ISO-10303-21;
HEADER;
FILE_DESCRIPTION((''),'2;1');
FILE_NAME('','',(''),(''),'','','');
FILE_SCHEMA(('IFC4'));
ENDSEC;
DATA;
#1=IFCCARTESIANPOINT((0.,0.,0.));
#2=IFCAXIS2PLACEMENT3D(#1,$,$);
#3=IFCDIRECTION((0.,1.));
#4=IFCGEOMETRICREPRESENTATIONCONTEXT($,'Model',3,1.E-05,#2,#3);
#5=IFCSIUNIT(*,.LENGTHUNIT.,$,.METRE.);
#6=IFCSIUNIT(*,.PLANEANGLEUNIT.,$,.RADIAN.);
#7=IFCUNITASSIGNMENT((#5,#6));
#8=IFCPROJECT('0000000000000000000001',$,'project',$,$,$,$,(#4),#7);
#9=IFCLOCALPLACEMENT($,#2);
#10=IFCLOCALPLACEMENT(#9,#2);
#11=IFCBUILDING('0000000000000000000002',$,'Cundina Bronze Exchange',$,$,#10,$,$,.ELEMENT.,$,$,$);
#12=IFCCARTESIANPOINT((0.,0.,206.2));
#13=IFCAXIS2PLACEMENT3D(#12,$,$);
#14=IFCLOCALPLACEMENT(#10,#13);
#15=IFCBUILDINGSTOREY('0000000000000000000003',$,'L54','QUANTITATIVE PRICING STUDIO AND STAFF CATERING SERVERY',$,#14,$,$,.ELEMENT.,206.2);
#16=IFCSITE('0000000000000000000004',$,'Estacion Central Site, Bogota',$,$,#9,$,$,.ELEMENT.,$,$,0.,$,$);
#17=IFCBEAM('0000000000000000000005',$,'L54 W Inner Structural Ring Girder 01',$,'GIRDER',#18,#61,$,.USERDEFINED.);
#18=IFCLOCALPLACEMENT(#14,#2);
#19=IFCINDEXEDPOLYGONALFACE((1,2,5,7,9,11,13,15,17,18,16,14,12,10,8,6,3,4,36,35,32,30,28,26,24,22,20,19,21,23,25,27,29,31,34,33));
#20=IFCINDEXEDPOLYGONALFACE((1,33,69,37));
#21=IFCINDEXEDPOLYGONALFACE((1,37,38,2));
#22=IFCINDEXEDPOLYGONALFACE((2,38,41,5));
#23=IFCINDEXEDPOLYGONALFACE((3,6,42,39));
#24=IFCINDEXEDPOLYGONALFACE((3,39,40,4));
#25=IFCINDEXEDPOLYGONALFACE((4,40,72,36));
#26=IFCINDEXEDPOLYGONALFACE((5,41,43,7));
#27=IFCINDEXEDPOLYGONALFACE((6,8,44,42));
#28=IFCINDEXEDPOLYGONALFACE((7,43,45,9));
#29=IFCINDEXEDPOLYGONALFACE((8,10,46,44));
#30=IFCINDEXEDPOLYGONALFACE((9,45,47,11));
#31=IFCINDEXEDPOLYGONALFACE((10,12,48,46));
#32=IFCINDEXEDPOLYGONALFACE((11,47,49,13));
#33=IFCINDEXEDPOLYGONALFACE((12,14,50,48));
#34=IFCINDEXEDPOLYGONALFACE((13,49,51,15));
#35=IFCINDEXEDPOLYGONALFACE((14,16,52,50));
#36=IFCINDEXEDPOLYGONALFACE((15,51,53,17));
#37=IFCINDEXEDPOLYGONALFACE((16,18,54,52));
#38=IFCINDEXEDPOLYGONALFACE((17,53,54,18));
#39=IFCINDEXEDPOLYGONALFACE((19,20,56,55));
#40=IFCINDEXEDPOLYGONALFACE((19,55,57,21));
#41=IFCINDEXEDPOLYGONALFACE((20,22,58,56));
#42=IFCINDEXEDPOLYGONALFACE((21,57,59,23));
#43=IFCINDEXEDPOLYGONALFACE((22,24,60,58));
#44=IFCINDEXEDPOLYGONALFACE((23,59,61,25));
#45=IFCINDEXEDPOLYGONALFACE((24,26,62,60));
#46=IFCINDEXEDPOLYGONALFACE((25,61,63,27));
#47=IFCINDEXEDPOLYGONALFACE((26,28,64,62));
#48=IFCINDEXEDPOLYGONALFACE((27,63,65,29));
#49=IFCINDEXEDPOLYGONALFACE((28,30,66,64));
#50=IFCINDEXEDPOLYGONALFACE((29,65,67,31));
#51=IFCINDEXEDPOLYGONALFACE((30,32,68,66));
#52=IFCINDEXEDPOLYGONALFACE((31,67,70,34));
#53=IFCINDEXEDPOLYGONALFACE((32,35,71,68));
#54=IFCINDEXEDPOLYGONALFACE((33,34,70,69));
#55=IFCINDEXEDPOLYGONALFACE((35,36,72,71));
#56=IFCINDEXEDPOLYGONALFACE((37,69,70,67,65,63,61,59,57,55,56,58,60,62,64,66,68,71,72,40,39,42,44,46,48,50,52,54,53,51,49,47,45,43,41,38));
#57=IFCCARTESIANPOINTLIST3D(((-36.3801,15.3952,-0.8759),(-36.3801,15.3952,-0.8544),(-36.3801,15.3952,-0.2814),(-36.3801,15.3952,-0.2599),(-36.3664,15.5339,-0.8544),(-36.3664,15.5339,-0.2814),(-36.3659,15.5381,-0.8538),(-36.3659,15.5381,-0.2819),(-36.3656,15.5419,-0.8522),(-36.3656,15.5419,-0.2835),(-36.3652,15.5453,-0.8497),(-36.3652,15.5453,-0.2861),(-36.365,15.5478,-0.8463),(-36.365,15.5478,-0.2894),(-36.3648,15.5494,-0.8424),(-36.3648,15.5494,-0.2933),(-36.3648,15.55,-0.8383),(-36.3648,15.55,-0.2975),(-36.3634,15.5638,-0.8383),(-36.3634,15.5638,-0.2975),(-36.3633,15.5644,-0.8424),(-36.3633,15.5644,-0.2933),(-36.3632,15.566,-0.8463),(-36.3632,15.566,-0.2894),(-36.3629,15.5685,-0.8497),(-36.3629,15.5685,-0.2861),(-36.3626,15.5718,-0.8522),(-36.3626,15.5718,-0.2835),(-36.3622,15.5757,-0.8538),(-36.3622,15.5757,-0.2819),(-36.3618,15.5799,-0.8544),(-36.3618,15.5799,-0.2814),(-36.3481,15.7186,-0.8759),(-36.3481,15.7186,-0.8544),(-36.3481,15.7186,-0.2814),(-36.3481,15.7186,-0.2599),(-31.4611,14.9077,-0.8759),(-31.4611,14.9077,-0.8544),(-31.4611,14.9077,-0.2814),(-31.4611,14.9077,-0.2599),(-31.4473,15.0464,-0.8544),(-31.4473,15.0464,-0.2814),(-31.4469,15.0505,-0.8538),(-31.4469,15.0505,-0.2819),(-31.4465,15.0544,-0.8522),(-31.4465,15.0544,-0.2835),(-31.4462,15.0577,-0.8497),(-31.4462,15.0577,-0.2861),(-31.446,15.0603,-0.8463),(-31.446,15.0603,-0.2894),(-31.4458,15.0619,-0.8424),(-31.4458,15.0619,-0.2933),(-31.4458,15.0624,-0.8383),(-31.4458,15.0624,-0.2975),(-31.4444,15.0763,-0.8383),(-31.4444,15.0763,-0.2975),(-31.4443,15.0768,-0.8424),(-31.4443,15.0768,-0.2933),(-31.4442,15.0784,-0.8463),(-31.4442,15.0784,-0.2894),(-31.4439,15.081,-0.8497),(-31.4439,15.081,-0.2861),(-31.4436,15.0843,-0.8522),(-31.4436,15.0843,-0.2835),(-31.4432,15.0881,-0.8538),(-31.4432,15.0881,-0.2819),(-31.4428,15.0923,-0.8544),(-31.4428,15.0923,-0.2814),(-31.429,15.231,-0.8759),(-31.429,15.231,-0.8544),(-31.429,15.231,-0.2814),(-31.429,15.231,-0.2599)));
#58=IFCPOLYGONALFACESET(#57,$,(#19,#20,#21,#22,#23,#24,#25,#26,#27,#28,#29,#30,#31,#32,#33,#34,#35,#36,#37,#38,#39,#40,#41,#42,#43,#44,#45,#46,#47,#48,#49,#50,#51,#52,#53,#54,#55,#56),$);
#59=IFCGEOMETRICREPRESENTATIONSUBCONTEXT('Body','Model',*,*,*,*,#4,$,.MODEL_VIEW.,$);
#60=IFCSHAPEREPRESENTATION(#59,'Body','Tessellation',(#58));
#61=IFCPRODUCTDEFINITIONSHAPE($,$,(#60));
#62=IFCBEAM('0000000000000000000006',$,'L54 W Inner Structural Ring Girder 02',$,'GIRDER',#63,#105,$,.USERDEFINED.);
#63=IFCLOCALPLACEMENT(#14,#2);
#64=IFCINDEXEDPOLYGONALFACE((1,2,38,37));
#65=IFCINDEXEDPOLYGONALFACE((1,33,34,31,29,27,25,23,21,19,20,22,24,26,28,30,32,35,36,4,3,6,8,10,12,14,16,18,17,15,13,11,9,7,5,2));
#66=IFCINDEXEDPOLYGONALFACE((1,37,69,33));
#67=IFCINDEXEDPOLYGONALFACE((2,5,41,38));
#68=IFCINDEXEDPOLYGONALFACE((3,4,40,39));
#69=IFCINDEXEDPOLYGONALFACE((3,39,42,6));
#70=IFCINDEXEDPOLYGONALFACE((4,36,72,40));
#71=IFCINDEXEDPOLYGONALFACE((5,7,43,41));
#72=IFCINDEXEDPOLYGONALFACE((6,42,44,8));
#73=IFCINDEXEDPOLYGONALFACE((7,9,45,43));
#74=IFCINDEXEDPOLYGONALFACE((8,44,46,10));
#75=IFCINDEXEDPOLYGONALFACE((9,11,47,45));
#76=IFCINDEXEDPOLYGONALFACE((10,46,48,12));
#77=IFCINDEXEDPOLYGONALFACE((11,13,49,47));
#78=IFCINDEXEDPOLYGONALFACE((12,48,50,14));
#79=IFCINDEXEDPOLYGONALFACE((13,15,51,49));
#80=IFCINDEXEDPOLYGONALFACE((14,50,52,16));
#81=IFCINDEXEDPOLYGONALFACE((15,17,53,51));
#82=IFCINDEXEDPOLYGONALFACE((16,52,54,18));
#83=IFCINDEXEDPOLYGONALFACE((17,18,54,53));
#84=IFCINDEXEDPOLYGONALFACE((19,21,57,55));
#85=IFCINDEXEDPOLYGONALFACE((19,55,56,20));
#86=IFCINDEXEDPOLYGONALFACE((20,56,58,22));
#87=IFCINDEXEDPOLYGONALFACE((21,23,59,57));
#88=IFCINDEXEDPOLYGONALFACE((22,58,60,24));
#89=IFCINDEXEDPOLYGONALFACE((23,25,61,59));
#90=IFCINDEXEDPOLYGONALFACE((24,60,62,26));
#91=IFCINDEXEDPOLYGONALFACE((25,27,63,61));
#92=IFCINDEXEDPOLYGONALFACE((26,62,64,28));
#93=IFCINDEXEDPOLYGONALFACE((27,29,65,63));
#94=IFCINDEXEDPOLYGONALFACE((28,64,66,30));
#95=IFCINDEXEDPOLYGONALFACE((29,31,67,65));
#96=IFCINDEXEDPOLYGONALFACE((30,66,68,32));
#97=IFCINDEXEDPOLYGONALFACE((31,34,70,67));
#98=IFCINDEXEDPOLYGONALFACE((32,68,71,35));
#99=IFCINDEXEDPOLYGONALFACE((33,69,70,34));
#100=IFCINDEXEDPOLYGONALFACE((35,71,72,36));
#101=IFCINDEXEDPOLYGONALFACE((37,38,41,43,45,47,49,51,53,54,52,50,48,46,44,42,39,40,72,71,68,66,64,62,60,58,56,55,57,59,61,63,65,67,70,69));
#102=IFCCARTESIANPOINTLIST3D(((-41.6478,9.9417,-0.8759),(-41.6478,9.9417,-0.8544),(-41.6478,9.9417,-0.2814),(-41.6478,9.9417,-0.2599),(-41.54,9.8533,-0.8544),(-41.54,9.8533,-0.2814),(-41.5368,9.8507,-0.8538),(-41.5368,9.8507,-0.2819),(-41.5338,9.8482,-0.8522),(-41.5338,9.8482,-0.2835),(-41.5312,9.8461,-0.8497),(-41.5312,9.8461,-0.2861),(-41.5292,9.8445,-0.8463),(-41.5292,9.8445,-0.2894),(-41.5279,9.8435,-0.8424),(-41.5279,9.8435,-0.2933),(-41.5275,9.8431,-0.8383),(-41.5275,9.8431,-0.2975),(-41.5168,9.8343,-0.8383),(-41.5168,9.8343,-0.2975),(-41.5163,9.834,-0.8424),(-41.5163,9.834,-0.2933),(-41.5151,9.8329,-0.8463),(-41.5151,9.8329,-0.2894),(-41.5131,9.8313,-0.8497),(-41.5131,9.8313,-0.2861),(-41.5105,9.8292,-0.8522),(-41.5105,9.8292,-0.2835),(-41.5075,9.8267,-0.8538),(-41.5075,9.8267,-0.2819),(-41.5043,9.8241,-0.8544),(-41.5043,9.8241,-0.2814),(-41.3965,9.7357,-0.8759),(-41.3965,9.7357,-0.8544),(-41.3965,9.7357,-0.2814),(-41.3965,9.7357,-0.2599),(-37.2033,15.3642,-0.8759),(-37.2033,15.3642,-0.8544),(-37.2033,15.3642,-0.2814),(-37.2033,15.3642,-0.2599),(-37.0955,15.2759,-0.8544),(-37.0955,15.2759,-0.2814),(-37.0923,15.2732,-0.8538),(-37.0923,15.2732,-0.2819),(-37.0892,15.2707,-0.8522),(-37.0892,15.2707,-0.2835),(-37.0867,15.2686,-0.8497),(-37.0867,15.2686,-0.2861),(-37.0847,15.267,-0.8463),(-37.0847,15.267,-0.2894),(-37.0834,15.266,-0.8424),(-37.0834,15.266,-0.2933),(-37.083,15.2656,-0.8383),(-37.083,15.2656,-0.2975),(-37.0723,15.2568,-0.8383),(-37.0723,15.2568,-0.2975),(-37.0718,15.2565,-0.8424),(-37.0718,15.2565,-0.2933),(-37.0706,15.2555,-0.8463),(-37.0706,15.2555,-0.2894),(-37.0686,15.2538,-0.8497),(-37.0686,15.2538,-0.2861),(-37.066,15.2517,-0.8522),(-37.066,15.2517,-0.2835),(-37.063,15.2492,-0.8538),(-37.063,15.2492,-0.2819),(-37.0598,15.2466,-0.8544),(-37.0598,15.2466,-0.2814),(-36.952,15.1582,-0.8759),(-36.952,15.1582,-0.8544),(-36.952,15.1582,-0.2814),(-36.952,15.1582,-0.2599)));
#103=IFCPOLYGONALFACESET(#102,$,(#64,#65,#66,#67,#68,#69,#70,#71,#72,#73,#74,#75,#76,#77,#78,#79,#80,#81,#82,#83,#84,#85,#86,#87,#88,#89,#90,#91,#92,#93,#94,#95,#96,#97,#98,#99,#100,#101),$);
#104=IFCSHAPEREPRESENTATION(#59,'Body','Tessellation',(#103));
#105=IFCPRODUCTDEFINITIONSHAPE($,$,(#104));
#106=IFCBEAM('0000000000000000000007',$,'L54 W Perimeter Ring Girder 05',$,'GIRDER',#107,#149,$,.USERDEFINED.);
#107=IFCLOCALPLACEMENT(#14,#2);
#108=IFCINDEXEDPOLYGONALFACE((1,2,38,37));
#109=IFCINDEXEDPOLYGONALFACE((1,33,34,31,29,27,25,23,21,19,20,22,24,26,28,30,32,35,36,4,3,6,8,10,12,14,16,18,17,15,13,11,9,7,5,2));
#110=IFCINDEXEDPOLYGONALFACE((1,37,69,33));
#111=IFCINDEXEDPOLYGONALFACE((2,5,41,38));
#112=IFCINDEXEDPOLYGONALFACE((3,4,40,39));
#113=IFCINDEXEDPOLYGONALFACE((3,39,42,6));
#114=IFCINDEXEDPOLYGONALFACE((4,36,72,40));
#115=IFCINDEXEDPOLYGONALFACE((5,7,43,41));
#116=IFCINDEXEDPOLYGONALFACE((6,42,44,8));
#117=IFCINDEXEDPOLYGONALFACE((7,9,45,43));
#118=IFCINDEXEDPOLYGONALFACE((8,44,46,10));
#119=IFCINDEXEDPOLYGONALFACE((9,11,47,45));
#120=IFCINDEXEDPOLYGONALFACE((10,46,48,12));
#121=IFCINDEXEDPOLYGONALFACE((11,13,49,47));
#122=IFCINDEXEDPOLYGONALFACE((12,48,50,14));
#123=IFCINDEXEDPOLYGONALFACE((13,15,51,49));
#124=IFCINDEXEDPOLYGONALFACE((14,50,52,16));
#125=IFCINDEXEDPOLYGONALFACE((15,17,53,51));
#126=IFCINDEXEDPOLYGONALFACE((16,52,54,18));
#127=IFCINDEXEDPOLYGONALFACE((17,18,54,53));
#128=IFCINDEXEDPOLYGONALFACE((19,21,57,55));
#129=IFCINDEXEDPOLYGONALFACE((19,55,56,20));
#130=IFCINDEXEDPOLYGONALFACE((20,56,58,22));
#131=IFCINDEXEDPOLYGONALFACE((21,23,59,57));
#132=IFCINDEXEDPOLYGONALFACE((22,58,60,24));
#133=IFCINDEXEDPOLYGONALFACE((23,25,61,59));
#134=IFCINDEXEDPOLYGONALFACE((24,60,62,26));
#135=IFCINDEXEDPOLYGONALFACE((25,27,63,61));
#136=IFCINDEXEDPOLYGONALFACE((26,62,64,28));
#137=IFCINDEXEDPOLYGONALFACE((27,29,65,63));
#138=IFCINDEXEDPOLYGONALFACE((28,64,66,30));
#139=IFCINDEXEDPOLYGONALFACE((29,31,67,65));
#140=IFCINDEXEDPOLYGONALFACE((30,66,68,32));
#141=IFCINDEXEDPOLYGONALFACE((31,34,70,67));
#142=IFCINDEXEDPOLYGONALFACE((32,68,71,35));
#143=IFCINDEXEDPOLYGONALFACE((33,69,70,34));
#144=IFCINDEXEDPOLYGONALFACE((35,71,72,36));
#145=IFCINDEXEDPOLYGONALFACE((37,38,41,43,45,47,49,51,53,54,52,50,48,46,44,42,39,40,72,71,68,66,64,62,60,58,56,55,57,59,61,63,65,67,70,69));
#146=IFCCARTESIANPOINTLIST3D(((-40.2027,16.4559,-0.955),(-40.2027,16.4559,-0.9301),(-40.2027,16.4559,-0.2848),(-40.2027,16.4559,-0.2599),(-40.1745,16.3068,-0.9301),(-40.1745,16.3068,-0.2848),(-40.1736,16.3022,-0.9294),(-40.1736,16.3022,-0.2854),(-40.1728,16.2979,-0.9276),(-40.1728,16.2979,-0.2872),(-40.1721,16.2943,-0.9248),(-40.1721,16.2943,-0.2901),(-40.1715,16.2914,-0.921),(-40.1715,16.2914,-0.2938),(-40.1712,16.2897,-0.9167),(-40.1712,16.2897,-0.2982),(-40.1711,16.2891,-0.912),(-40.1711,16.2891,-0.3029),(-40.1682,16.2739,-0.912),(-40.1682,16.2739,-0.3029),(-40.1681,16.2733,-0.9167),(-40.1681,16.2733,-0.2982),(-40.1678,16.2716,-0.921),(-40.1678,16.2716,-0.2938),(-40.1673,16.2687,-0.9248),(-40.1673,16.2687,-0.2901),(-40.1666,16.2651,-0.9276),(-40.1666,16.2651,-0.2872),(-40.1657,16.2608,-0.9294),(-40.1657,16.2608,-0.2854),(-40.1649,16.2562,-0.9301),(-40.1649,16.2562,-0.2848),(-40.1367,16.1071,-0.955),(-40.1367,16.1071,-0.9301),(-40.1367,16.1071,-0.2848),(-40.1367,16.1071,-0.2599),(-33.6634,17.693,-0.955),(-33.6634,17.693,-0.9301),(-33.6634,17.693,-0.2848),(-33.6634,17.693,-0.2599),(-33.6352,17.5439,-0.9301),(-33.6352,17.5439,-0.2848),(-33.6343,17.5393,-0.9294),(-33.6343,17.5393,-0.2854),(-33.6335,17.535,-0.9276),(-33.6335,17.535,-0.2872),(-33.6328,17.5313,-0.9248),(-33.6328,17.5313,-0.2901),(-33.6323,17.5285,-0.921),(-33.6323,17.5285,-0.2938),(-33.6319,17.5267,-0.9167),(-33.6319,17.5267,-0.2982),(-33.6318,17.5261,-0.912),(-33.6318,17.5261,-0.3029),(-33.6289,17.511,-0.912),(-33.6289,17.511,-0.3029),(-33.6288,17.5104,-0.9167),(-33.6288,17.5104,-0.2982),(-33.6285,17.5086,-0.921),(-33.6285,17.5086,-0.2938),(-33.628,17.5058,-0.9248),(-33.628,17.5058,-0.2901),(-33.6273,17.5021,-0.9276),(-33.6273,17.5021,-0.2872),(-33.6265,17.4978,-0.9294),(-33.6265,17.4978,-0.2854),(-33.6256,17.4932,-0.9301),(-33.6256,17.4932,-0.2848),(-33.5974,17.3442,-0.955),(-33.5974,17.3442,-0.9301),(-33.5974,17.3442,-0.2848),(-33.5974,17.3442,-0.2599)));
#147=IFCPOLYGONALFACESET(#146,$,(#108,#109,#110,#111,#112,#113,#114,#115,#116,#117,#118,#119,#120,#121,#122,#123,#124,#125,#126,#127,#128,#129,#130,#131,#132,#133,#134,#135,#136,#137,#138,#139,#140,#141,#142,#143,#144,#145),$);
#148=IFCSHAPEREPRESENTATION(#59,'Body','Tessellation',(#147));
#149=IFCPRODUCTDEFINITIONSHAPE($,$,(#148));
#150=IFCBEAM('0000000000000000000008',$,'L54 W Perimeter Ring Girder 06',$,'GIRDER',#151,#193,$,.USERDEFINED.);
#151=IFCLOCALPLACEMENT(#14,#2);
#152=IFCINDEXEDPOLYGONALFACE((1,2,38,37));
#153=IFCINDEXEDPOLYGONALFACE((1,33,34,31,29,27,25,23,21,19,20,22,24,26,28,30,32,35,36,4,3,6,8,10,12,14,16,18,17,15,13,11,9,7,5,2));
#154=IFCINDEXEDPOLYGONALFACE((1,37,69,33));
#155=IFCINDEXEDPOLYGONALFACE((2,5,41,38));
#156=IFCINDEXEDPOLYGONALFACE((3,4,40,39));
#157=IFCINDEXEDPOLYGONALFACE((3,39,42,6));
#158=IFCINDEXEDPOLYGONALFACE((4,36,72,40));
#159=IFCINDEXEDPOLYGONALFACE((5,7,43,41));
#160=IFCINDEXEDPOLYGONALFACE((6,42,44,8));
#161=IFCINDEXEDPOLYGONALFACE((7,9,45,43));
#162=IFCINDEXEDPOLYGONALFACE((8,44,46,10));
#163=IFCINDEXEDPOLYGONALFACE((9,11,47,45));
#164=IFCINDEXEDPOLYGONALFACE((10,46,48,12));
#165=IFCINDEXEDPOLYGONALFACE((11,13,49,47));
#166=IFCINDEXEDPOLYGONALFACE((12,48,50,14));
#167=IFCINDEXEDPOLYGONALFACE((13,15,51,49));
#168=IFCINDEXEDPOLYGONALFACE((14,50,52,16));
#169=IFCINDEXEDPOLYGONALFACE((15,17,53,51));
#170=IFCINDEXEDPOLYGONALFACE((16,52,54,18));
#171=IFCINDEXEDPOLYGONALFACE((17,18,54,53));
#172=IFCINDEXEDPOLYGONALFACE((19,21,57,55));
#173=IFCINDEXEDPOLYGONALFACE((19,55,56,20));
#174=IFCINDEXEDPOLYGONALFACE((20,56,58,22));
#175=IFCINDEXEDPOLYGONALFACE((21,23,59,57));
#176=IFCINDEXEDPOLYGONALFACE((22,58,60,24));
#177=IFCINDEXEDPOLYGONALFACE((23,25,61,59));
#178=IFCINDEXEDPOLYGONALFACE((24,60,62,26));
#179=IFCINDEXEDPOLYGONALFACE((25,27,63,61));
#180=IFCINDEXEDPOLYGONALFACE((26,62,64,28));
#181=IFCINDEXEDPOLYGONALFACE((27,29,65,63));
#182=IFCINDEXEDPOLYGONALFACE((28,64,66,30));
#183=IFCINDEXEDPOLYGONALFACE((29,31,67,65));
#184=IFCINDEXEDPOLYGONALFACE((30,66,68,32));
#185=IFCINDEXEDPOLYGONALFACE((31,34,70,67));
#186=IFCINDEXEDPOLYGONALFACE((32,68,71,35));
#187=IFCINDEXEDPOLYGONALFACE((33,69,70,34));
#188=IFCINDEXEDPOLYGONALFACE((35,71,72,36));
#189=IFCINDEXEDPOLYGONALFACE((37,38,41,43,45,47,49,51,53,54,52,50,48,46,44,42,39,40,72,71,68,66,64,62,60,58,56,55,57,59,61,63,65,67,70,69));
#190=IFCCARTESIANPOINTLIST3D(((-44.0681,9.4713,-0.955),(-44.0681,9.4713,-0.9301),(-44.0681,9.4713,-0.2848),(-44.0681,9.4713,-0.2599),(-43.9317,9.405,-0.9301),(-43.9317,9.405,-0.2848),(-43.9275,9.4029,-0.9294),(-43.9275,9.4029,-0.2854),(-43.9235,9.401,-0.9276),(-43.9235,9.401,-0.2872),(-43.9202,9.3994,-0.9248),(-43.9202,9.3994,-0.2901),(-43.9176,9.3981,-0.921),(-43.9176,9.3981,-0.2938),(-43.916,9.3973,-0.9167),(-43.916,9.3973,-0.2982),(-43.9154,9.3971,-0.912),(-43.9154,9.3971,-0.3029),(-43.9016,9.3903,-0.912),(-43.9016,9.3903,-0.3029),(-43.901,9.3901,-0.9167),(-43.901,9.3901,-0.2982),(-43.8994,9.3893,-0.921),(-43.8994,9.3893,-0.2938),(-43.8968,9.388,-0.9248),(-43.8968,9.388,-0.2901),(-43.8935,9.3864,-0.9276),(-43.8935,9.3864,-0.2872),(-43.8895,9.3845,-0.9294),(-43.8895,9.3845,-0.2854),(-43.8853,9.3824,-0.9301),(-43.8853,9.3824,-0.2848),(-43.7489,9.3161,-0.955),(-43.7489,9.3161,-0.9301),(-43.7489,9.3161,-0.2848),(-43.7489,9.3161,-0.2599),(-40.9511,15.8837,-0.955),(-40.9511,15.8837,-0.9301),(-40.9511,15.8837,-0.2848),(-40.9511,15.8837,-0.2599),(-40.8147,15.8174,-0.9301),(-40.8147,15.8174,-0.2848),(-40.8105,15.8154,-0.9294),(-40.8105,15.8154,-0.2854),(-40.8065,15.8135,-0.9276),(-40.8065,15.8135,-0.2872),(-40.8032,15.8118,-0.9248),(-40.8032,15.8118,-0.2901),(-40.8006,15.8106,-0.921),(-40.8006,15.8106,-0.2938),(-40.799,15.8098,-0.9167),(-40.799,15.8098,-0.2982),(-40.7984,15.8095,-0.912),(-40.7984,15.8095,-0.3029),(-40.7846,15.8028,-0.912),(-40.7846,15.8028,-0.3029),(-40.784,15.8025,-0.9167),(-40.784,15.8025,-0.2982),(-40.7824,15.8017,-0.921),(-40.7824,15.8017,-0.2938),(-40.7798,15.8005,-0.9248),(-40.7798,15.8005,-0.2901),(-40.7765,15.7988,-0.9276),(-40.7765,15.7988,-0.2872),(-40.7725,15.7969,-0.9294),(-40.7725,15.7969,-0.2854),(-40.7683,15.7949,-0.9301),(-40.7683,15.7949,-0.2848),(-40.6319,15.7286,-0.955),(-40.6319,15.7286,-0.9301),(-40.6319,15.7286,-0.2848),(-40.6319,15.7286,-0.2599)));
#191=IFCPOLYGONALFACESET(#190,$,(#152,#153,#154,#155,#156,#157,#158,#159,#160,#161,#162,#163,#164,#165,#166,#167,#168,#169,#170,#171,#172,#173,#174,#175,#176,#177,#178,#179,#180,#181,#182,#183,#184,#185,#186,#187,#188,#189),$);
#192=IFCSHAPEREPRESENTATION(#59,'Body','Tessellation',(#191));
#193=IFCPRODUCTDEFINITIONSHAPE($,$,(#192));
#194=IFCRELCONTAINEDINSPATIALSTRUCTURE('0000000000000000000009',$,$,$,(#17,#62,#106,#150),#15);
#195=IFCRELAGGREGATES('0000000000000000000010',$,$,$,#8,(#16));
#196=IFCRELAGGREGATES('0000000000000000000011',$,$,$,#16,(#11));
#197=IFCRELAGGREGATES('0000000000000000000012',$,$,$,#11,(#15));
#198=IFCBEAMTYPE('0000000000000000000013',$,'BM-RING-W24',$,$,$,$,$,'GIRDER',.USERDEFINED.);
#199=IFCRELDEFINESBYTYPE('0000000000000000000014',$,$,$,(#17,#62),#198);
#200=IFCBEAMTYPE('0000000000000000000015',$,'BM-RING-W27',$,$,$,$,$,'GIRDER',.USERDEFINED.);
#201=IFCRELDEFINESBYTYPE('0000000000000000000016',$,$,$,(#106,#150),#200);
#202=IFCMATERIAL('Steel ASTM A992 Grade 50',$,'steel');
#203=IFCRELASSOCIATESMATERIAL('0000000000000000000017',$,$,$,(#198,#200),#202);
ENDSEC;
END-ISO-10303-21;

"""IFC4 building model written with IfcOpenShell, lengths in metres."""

from ifc_helpers import new_model, si_unit, direction, frame, origin, origin_2d, place, context, subcontext, project, spatial, i_section, extrude, material, material_profile, profile_set, type_object, element, save


model = new_model("IFC4")

# Units and contexts
model_context = context("Model", 3, precision=1e-05, world=origin(), true_north=direction((0.0, 1.0)))
body_context = subcontext(model_context, "Body", "Model", "MODEL_VIEW")
ifc_project = project(units=[si_unit("LENGTHUNIT", "METRE"), si_unit("PLANEANGLEUNIT", "RADIAN")], contexts=[model_context])

# Site, building, storey
site_placement = place(None, origin())
site = spatial("IfcSite", under=ifc_project, at=site_placement, Name="Estacion Central Site, Bogota", CompositionType="ELEMENT", RefElevation=0.0)
building_placement = place(site_placement, origin())
building = spatial("IfcBuilding", under=site, at=building_placement, Name="Cundina Bronze Exchange", CompositionType="ELEMENT")
storey_placement = place(building_placement, frame((0.0, 0.0, 206.2)))
storey = spatial("IfcBuildingStorey", under=building, at=storey_placement, Name="L54", Description="QUANTITATIVE PRICING STUDIO AND STAFF CATERING SERVERY", CompositionType="ELEMENT", Elevation=206.2)

# Shared definitions
ifc_material_1 = material(Name="Steel ASTM A992 Grade 50", Category="steel")

# Beams
ifc_material_profile_1 = material_profile(ifc_material_1, i_section(OverallWidth=0.325, OverallDepth=0.616, WebThickness=0.0139, FlangeThickness=0.0215, FilletRadius=0.0161, at=origin_2d()), Name="W24X117", Category="steel")
ifc_profile_set_1 = profile_set([ifc_material_profile_1], Name="Steel ASTM A992 Grade 50")
beam_type_1 = type_object("IfcBeamType", Name="BM-RING-W24", ElementType="GIRDER", PredefinedType="USERDEFINED", material=ifc_profile_set_1)
beam_1_placement = place(storey_placement, frame((-31.4451, 15.0693, -0.5679), z_axis=(-0.995124, 0.098633, 0.0), x_axis=(-0.098633, -0.995124, 0.0)))
element("IfcBeam", 1, at=beam_1_placement, inside=storey, type_object=beam_type_1, Name="L54 W Inner Structural Ring Girder 01", ObjectType="GIRDER", PredefinedType="USERDEFINED", context=body_context, shape_type="SweptSolid", body=[
    extrude(i_section(OverallWidth=0.325, OverallDepth=0.616, WebThickness=0.0139, FlangeThickness=0.0215, FilletRadius=0.0161, at=origin_2d()), origin(), (0.0, 0.0, 1.0), 4.9431),
])
beam_2_placement = place(storey_placement, frame((-37.0776, 15.2612, -0.5679), z_axis=(-0.633913, -0.773405, 0.0), x_axis=(0.773405, -0.633913, 0.0)))
element("IfcBeam", 2, at=beam_2_placement, inside=storey, type_object=beam_type_1, Name="L54 W Inner Structural Ring Girder 02", ObjectType="GIRDER", PredefinedType="USERDEFINED", context=body_context, shape_type="SweptSolid", body=[
    extrude(i_section(OverallWidth=0.325, OverallDepth=0.616, WebThickness=0.0139, FlangeThickness=0.0215, FilletRadius=0.0161, at=origin_2d()), origin(), (0.0, 0.0, 1.0), 7.0112),
])
ifc_material_profile_2 = material_profile(ifc_material_1, i_section(OverallWidth=0.355, OverallDepth=0.6951, WebThickness=0.0154, FlangeThickness=0.0249, FilletRadius=0.0181, at=origin_2d()), Name="W27X146", Category="steel")
ifc_profile_set_2 = profile_set([ifc_material_profile_2], Name="Steel ASTM A992 Grade 50")
beam_type_2 = type_object("IfcBeamType", Name="BM-RING-W27", ElementType="GIRDER", PredefinedType="USERDEFINED", material=ifc_profile_set_2)
beam_3_placement = place(storey_placement, frame((-33.6304, 17.5186, -0.6074), z_axis=(-0.982573, -0.185876, 0.0), x_axis=(0.185876, -0.982573, 0.0)))
element("IfcBeam", 3, at=beam_3_placement, inside=storey, type_object=beam_type_2, Name="L54 W Perimeter Ring Girder 05", ObjectType="GIRDER", PredefinedType="USERDEFINED", context=body_context, shape_type="SweptSolid", body=[
    extrude(i_section(OverallWidth=0.355, OverallDepth=0.6951, WebThickness=0.0154, FlangeThickness=0.0249, FilletRadius=0.0181, at=origin_2d()), origin(), (0.0, 0.0, 1.0), 6.6553),
])
beam_4_placement = place(storey_placement, frame((-40.7915, 15.8062, -0.6074), z_axis=(-0.437173, -0.899377, 0.0), x_axis=(0.899377, -0.437173, 0.0)))
element("IfcBeam", 4, at=beam_4_placement, inside=storey, type_object=beam_type_2, Name="L54 W Perimeter Ring Girder 06", ObjectType="GIRDER", PredefinedType="USERDEFINED", context=body_context, shape_type="SweptSolid", body=[
    extrude(i_section(OverallWidth=0.355, OverallDepth=0.6951, WebThickness=0.0154, FlangeThickness=0.0249, FilletRadius=0.0181, at=origin_2d()), origin(), (0.0, 0.0, 1.0), 7.1299),
])

save(model, "model.ifc")
